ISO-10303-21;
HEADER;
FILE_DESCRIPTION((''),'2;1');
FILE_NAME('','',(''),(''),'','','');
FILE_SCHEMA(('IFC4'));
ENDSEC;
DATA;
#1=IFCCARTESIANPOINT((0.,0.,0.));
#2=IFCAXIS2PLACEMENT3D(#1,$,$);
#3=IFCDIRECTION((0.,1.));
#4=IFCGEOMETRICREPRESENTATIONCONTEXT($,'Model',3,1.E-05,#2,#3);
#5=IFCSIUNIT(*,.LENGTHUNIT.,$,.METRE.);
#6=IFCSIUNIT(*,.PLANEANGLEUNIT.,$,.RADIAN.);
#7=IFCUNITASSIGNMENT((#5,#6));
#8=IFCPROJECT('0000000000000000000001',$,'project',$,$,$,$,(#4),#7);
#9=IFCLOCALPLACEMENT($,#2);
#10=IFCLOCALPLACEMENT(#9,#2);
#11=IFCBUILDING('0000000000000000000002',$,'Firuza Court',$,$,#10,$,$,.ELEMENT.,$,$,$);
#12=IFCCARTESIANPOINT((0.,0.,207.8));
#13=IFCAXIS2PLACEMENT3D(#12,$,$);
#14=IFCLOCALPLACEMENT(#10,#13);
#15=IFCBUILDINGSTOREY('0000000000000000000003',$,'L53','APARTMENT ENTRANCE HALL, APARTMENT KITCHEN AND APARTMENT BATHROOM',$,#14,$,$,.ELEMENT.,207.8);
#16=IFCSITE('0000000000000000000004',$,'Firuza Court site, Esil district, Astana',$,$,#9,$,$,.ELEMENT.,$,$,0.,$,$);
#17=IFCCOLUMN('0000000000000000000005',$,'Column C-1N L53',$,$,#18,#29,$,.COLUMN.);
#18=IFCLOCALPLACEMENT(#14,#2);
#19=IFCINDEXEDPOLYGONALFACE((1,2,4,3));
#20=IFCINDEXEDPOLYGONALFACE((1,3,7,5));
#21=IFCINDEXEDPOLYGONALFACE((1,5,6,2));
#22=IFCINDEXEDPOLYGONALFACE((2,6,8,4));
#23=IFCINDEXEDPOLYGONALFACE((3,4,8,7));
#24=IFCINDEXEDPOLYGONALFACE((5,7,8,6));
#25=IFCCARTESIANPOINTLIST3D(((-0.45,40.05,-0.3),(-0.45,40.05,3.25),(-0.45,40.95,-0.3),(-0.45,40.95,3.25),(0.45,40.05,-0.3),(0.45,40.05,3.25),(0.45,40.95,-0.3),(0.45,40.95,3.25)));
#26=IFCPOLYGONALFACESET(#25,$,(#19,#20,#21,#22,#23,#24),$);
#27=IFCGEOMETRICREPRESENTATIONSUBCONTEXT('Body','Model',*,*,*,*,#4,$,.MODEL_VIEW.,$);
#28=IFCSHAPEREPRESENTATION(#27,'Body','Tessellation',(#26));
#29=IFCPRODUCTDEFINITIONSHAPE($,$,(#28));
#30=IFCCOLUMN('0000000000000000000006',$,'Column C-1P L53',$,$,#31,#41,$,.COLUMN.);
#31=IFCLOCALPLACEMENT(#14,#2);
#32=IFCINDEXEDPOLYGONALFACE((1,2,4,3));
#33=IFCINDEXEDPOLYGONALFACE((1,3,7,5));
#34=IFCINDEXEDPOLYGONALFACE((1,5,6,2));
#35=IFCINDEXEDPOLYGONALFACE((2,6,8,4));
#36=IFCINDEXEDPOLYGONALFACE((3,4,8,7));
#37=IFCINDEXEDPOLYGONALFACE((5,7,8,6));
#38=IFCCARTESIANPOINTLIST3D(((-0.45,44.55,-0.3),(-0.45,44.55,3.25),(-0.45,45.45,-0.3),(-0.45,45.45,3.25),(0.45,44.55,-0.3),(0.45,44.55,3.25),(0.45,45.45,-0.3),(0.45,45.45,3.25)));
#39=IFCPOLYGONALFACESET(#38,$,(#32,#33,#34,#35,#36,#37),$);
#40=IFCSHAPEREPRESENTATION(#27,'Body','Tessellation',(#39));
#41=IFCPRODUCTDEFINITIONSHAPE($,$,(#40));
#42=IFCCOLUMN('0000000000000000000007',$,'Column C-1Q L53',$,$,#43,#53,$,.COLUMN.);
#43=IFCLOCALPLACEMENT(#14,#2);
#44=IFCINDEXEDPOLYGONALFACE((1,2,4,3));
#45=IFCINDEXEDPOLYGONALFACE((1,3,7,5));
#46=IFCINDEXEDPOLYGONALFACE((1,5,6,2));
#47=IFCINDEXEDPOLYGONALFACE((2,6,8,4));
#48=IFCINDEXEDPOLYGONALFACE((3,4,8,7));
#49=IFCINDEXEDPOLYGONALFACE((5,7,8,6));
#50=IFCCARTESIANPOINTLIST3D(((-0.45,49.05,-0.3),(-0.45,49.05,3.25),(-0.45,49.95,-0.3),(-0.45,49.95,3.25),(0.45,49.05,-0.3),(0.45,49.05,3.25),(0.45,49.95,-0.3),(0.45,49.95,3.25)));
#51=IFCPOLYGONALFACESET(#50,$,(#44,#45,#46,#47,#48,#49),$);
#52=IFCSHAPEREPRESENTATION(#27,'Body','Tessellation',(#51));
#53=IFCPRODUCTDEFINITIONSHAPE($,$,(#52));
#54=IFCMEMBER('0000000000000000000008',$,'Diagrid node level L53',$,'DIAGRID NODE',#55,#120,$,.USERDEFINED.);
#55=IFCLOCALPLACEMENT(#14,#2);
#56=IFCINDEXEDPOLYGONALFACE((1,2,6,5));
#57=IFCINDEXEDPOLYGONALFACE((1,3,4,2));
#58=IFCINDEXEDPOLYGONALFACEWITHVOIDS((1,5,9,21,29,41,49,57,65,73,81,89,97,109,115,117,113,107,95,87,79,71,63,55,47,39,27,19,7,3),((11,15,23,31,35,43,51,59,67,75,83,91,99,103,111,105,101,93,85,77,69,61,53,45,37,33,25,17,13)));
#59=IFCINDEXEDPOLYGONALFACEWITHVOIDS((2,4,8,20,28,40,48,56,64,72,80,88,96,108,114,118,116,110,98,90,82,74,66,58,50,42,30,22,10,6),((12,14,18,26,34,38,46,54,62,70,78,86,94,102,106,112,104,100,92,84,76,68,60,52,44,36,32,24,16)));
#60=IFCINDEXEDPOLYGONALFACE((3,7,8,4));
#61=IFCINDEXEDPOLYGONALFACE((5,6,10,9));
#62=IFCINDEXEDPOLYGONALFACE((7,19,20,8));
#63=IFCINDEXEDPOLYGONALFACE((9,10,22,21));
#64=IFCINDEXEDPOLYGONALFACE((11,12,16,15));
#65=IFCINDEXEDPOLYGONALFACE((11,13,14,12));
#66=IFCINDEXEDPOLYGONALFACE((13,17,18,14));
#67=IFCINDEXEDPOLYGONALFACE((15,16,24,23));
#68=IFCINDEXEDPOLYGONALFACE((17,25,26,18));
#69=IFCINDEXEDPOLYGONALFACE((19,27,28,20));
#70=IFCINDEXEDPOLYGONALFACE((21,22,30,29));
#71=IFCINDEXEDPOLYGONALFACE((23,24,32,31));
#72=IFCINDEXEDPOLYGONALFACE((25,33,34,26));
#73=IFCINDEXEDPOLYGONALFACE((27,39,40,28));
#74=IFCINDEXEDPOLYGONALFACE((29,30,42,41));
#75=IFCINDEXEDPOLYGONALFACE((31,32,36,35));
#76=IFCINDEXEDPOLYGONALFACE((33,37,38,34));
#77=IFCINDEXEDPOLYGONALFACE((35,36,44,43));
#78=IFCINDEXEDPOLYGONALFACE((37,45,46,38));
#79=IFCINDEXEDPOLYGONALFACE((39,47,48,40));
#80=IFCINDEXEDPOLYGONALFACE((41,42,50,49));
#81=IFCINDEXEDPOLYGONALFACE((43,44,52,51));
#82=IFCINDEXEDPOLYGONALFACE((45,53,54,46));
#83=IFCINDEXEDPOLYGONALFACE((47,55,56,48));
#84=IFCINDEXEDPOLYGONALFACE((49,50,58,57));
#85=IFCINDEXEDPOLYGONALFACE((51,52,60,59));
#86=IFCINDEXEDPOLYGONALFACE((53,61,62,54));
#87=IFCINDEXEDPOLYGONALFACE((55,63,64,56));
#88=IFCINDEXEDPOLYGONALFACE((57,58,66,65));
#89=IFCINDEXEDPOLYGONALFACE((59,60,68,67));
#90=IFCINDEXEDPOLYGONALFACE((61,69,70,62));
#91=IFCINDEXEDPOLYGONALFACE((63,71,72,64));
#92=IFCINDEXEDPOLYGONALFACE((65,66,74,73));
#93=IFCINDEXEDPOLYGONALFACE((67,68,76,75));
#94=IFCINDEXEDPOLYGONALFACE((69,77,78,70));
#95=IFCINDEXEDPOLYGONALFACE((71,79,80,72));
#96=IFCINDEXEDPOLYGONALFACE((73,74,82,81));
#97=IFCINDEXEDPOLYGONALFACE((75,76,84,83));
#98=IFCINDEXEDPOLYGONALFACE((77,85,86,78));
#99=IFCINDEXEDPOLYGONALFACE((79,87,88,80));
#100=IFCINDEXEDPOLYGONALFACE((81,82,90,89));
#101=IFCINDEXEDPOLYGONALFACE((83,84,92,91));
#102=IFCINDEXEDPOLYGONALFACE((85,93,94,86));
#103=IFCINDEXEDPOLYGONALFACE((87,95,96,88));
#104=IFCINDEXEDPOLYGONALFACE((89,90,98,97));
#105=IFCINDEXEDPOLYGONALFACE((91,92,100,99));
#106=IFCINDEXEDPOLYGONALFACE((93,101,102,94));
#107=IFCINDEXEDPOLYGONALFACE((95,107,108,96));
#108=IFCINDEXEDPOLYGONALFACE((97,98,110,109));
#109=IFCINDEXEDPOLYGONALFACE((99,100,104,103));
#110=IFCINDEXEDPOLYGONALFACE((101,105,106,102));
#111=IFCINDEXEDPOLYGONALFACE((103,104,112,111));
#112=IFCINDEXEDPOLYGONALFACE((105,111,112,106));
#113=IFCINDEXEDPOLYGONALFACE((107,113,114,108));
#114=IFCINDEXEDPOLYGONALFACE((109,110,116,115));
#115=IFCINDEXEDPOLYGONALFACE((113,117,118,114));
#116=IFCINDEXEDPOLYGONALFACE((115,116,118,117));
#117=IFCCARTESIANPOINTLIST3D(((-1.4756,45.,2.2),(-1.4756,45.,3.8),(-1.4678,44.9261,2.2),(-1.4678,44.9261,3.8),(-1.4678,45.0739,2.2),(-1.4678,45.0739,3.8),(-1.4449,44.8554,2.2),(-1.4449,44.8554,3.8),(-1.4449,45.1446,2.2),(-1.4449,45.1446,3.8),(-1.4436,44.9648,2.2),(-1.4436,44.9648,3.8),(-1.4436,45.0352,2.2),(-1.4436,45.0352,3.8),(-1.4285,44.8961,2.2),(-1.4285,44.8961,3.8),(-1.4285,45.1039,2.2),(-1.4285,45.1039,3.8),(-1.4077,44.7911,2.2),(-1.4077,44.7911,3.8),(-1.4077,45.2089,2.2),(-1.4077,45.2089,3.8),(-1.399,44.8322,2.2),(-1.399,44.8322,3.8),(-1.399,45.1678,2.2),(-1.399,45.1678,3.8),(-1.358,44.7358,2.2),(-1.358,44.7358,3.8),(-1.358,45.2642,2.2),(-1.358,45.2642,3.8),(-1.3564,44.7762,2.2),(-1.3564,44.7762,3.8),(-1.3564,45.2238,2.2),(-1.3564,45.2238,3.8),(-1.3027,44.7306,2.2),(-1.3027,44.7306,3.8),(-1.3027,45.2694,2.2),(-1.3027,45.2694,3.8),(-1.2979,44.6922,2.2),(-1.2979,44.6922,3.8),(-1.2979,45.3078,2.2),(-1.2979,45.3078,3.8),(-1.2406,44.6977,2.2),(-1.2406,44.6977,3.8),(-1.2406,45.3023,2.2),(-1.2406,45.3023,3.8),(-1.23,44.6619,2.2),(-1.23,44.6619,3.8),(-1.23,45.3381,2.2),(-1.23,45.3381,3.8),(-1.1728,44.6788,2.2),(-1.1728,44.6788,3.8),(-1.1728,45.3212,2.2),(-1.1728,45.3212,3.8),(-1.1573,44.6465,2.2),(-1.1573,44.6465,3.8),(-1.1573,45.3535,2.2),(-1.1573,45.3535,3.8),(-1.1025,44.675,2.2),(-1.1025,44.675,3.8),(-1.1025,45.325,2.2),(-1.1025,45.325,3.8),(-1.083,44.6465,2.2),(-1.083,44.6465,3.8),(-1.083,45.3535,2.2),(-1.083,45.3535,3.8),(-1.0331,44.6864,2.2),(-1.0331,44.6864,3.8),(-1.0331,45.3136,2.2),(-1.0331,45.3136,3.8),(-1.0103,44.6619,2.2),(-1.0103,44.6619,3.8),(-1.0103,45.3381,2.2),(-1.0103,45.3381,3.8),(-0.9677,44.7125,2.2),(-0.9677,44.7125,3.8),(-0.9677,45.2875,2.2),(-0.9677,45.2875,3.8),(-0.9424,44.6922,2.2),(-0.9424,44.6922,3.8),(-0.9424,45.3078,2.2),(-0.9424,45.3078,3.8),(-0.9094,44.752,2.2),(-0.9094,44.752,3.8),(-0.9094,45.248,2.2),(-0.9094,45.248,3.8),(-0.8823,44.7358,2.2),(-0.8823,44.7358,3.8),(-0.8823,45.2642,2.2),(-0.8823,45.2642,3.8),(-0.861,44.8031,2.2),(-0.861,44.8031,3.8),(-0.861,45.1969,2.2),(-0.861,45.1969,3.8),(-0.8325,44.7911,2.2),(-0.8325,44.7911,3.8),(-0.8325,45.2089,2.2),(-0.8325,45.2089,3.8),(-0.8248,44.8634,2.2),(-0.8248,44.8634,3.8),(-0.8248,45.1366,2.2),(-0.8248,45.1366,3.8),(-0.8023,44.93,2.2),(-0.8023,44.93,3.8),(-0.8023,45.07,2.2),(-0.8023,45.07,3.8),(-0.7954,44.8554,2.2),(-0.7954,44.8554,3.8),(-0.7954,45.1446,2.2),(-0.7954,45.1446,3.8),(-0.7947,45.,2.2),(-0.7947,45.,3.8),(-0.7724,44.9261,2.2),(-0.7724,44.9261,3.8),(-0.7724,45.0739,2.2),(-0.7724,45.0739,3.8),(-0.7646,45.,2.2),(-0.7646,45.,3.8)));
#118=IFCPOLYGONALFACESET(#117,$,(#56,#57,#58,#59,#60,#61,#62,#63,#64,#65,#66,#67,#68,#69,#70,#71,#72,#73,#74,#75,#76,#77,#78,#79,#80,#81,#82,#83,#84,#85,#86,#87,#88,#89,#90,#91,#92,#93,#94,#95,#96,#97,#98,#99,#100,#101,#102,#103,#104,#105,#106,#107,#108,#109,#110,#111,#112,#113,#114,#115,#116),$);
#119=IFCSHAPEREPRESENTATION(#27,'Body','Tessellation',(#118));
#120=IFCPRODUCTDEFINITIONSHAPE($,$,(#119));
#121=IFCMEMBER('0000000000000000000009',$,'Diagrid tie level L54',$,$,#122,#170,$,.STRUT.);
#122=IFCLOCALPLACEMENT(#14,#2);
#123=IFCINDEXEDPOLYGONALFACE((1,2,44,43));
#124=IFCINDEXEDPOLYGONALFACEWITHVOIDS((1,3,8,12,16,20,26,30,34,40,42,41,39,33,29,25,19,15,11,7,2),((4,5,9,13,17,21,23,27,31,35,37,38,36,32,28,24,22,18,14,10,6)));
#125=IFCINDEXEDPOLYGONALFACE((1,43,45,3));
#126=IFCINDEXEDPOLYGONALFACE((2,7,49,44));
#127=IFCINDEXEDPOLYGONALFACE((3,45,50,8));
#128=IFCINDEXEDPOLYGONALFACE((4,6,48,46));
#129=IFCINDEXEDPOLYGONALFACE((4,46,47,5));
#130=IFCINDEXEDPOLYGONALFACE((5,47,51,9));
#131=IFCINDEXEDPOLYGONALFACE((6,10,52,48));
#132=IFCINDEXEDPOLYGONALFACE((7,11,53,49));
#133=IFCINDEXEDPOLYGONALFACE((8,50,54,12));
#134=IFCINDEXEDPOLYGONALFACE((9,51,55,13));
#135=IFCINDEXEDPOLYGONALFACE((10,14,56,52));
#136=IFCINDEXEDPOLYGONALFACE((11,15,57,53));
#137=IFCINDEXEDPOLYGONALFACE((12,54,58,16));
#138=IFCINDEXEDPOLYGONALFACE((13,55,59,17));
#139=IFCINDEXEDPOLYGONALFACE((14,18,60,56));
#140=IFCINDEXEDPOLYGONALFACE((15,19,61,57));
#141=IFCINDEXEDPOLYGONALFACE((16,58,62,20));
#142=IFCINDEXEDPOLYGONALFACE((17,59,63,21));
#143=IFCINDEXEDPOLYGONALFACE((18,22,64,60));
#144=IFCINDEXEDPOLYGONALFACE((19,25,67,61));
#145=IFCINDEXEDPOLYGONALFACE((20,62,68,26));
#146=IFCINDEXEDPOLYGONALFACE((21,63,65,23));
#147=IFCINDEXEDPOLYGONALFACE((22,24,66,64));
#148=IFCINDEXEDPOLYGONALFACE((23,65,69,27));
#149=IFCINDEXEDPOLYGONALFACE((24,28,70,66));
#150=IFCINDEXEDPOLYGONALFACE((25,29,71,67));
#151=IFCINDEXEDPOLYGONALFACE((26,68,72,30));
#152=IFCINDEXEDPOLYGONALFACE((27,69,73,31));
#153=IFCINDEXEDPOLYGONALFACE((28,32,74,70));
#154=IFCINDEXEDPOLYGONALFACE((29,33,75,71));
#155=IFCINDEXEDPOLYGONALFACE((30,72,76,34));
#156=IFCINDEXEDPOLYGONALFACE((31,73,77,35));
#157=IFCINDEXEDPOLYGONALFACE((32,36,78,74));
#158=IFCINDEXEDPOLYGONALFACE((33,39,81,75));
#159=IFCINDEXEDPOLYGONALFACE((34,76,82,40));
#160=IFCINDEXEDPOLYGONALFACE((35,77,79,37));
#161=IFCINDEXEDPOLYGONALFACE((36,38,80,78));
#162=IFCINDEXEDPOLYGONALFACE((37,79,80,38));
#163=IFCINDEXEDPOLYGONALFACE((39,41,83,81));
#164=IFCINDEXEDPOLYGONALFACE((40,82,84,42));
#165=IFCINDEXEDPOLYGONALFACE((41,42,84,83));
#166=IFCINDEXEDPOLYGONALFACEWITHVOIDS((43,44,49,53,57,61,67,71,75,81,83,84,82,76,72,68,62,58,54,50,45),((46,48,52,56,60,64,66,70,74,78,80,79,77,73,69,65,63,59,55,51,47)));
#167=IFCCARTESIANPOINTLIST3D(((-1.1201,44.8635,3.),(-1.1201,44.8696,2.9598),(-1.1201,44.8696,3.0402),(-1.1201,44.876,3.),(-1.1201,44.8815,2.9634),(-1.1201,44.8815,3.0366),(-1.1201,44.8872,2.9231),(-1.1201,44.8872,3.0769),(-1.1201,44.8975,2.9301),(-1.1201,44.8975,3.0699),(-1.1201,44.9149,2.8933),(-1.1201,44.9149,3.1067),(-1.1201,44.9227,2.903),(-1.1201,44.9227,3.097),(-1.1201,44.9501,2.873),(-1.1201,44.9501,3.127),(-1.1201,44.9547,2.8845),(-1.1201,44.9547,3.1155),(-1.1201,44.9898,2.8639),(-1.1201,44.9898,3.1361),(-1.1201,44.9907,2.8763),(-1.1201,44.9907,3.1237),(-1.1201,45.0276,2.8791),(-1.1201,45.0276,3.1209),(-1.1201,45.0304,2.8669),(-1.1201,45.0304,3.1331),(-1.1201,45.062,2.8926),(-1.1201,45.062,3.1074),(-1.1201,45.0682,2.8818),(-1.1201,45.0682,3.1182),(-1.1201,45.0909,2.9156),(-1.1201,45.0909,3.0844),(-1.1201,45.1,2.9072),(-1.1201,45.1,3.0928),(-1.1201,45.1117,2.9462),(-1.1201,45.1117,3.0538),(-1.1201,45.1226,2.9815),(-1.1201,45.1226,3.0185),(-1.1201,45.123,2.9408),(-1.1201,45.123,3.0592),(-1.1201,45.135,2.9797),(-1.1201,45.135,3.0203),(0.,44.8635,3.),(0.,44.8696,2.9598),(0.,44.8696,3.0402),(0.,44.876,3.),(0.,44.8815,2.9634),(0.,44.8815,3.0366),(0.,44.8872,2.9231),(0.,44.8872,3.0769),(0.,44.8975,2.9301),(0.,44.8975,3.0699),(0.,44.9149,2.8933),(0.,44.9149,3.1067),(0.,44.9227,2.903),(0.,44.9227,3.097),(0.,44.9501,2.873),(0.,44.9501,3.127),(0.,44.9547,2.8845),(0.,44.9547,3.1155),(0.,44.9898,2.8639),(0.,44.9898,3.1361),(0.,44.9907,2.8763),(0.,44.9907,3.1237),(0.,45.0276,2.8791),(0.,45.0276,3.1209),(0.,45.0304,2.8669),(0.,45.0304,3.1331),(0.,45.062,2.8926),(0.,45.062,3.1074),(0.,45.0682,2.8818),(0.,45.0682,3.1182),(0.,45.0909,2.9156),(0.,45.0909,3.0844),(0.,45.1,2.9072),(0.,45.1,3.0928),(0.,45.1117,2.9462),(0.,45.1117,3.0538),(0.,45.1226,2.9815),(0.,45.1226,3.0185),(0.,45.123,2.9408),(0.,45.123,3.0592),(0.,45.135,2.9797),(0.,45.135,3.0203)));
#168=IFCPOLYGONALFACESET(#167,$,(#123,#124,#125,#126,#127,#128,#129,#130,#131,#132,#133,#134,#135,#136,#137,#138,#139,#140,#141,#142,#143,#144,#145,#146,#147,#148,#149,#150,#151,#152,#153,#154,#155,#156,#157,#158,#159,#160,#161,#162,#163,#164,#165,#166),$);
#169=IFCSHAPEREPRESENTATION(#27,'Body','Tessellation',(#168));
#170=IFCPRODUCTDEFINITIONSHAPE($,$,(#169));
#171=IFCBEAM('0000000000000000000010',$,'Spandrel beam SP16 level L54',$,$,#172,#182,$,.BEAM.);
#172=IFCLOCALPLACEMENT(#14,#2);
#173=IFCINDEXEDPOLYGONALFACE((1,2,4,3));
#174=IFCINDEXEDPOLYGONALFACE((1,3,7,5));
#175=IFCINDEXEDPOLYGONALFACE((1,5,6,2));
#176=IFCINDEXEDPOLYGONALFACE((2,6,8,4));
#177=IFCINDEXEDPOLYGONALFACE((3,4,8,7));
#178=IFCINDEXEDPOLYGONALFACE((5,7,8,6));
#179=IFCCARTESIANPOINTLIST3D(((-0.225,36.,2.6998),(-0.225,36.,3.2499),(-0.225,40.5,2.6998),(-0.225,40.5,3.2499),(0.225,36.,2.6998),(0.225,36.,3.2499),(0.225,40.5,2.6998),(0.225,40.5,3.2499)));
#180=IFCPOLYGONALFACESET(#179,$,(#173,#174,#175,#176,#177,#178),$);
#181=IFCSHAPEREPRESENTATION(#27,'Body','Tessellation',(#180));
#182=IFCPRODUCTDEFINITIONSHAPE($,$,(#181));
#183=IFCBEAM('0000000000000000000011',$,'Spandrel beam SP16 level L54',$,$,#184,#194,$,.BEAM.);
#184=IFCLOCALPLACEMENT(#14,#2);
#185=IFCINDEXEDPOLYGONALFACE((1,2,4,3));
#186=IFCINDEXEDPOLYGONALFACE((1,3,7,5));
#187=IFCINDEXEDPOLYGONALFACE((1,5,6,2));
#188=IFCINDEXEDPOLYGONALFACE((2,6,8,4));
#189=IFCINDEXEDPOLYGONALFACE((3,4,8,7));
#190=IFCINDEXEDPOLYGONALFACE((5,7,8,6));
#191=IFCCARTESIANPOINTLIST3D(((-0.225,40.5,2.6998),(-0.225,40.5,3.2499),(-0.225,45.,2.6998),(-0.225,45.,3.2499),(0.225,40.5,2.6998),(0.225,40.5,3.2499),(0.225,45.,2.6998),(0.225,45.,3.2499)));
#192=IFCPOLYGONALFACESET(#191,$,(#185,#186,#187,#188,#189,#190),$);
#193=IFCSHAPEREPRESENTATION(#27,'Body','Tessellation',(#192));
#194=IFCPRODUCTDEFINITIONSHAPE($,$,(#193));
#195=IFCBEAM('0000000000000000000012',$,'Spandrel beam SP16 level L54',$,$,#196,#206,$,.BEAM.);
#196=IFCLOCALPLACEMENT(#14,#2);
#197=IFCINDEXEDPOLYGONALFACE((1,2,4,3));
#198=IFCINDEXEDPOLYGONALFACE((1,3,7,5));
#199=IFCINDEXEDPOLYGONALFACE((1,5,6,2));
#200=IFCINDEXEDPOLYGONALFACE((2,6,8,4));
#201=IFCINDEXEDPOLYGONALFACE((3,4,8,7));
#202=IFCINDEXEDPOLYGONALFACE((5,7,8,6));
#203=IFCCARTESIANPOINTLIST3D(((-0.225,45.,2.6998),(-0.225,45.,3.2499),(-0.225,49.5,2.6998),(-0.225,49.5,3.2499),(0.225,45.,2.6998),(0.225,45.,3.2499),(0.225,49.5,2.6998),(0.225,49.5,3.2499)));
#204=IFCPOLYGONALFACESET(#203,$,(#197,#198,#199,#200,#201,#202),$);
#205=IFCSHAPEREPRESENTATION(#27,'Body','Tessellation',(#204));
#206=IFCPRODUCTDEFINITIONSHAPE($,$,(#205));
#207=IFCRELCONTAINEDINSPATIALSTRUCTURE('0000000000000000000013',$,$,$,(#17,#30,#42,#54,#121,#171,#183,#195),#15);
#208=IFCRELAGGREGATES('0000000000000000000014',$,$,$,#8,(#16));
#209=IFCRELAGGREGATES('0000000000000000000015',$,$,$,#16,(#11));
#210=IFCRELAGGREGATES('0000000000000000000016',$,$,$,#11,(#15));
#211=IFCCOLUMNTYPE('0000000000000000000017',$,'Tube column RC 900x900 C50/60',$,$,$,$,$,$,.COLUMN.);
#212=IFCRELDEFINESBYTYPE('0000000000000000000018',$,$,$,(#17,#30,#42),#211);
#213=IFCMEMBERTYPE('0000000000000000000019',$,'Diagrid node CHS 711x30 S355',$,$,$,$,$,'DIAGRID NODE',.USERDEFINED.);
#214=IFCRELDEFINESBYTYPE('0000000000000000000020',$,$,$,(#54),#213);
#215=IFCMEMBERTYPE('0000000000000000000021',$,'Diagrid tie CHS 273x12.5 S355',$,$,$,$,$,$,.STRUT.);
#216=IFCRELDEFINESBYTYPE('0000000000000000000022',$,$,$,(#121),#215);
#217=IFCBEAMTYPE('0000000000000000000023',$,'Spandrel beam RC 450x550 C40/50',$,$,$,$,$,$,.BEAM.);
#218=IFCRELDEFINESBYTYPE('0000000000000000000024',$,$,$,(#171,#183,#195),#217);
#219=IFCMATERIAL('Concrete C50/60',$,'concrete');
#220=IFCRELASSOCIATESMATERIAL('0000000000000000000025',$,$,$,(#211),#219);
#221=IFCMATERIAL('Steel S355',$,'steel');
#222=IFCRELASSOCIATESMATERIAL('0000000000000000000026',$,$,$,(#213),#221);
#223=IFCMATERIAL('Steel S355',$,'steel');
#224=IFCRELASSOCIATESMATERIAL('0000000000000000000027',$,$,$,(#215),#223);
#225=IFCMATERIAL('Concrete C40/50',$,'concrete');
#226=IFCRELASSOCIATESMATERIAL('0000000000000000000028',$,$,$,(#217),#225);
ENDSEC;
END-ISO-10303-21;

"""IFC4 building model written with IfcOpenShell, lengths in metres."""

from ifc_helpers import new_model, si_unit, direction, frame, origin, origin_2d, place, context, subcontext, project, spatial, rectangle, hollow_circle, extrude, material, material_profile, profile_set, type_object, element, save


model = new_model("IFC4")

# Units and contexts
model_context = context("Model", 3, precision=1e-05, world=origin(), true_north=direction((0.0, 1.0)))
body_context = subcontext(model_context, "Body", "Model", "MODEL_VIEW")
ifc_project = project(units=[si_unit("LENGTHUNIT", "METRE"), si_unit("PLANEANGLEUNIT", "RADIAN")], contexts=[model_context])

# Site, building, storey
site_placement = place(None, origin())
site = spatial("IfcSite", under=ifc_project, at=site_placement, Name="Firuza Court site, Esil district, Astana", CompositionType="ELEMENT", RefElevation=0.0)
building_placement = place(site_placement, origin())
building = spatial("IfcBuilding", under=site, at=building_placement, Name="Firuza Court", CompositionType="ELEMENT")
storey_placement = place(building_placement, frame((0.0, 0.0, 207.8)))
storey = spatial("IfcBuildingStorey", under=building, at=storey_placement, Name="L53", Description="APARTMENT ENTRANCE HALL, APARTMENT KITCHEN AND APARTMENT BATHROOM", CompositionType="ELEMENT", Elevation=207.8)

# Columns
ifc_material_1 = material(Name="Concrete C50/60", Category="concrete")
ifc_material_profile_1 = material_profile(ifc_material_1, rectangle(XDim=0.8999, YDim=0.8999, at=origin_2d()), Name="RC 900x900")
ifc_profile_set_1 = profile_set([ifc_material_profile_1], Name="Concrete C50/60")
column_type = type_object("IfcColumnType", Name="Tube column RC 900x900 C50/60", PredefinedType="COLUMN", material=ifc_profile_set_1)
for number, where, z_axis, x_axis, name in (
    (1, (0.0, 40.5, -0.3), (0.0, 0.0, 1.0), (1.0, 0.0, 0.0), "Column C-1N L53"),
    (2, (0.0, 45.0, -0.3), (0.0, 0.0, 1.0), (1.0, 0.0, 0.0), "Column C-1P L53"),
    (3, (0.0, 49.5, -0.3), (0.0, 0.0, 1.0), (1.0, 0.0, 0.0), "Column C-1Q L53"),
):
    element("IfcColumn", number, at=place(storey_placement, frame(where, z_axis=z_axis, x_axis=x_axis)), inside=storey, type_object=column_type, Name=name, PredefinedType="COLUMN", context=body_context, shape_type="SweptSolid", body=[
        extrude(rectangle(XDim=0.8999, YDim=0.8999, at=origin_2d()), origin(), (0.0, 0.0, 1.0), 3.55),
    ])

# Members
ifc_material_2 = material(Name="Steel S355", Category="steel")
ifc_material_profile_2 = material_profile(ifc_material_2, hollow_circle(Radius=0.3555, WallThickness=0.03, at=origin_2d()), Name="CHS 711x30")
ifc_profile_set_2 = profile_set([ifc_material_profile_2], Name="Steel S355")
member_type_1 = type_object("IfcMemberType", Name="Diagrid node CHS 711x30 S355", ElementType="DIAGRID NODE", PredefinedType="USERDEFINED", material=ifc_profile_set_2)
member_1_placement = place(storey_placement, frame((-1.1201, 45.0, 2.2), z_axis=(0.0, 0.0, 1.0), x_axis=(1.0, 0.0, 0.0)))
element("IfcMember", 4, at=member_1_placement, inside=storey, type_object=member_type_1, Name="Diagrid node level L53", ObjectType="DIAGRID NODE", PredefinedType="USERDEFINED", context=body_context, shape_type="SweptSolid", body=[
    extrude(hollow_circle(Radius=0.3555, WallThickness=0.03, at=origin_2d()), origin(), (0.0, 0.0, 1.0), 1.6001),
])
ifc_material_3 = material(Name="Steel S355", Category="steel")
ifc_material_profile_3 = material_profile(ifc_material_3, hollow_circle(Radius=0.1365, WallThickness=0.0125, at=origin_2d()), Name="CHS 273x12.5")
ifc_profile_set_3 = profile_set([ifc_material_profile_3], Name="Steel S355")
member_type_2 = type_object("IfcMemberType", Name="Diagrid tie CHS 273x12.5 S355", PredefinedType="STRUT", material=ifc_profile_set_3)
member_2_placement = place(storey_placement, frame((0.0, 45.0, 3.0), z_axis=(-1.0, 0.0, 0.0), x_axis=(0.0, -1.0, 0.0)))
element("IfcMember", 5, at=member_2_placement, inside=storey, type_object=member_type_2, Name="Diagrid tie level L54", PredefinedType="STRUT", context=body_context, shape_type="SweptSolid", body=[
    extrude(hollow_circle(Radius=0.1365, WallThickness=0.0125, at=origin_2d()), origin(), (0.0, 0.0, 1.0), 1.1201),
])

# Beams
ifc_material_4 = material(Name="Concrete C40/50", Category="concrete")
ifc_material_profile_4 = material_profile(ifc_material_4, rectangle(XDim=0.45, YDim=0.55, at=origin_2d()), Name="RC 450x550")
ifc_profile_set_4 = profile_set([ifc_material_profile_4], Name="Concrete C40/50")
beam_type = type_object("IfcBeamType", Name="Spandrel beam RC 450x550 C40/50", PredefinedType="BEAM", material=ifc_profile_set_4)
for number, where, z_axis, x_axis, name in (
    (6, (0.0, 40.5, 2.9749), (0.0, -1.0, 0.0), (1.0, 0.0, 0.0), "Spandrel beam SP16 level L54"),
    (7, (0.0, 45.0, 2.9749), (0.0, -1.0, 0.0), (1.0, 0.0, 0.0), "Spandrel beam SP16 level L54"),
    (8, (0.0, 49.5, 2.9749), (0.0, -1.0, 0.0), (1.0, 0.0, 0.0), "Spandrel beam SP16 level L54"),
):
    element("IfcBeam", number, at=place(storey_placement, frame(where, z_axis=z_axis, x_axis=x_axis)), inside=storey, type_object=beam_type, Name=name, PredefinedType="BEAM", context=body_context, shape_type="SweptSolid", body=[
        extrude(rectangle(XDim=0.45, YDim=0.55, at=origin_2d()), origin(), (0.0, 0.0, 1.0), 4.5),
    ])

save(model, "model.ifc")
